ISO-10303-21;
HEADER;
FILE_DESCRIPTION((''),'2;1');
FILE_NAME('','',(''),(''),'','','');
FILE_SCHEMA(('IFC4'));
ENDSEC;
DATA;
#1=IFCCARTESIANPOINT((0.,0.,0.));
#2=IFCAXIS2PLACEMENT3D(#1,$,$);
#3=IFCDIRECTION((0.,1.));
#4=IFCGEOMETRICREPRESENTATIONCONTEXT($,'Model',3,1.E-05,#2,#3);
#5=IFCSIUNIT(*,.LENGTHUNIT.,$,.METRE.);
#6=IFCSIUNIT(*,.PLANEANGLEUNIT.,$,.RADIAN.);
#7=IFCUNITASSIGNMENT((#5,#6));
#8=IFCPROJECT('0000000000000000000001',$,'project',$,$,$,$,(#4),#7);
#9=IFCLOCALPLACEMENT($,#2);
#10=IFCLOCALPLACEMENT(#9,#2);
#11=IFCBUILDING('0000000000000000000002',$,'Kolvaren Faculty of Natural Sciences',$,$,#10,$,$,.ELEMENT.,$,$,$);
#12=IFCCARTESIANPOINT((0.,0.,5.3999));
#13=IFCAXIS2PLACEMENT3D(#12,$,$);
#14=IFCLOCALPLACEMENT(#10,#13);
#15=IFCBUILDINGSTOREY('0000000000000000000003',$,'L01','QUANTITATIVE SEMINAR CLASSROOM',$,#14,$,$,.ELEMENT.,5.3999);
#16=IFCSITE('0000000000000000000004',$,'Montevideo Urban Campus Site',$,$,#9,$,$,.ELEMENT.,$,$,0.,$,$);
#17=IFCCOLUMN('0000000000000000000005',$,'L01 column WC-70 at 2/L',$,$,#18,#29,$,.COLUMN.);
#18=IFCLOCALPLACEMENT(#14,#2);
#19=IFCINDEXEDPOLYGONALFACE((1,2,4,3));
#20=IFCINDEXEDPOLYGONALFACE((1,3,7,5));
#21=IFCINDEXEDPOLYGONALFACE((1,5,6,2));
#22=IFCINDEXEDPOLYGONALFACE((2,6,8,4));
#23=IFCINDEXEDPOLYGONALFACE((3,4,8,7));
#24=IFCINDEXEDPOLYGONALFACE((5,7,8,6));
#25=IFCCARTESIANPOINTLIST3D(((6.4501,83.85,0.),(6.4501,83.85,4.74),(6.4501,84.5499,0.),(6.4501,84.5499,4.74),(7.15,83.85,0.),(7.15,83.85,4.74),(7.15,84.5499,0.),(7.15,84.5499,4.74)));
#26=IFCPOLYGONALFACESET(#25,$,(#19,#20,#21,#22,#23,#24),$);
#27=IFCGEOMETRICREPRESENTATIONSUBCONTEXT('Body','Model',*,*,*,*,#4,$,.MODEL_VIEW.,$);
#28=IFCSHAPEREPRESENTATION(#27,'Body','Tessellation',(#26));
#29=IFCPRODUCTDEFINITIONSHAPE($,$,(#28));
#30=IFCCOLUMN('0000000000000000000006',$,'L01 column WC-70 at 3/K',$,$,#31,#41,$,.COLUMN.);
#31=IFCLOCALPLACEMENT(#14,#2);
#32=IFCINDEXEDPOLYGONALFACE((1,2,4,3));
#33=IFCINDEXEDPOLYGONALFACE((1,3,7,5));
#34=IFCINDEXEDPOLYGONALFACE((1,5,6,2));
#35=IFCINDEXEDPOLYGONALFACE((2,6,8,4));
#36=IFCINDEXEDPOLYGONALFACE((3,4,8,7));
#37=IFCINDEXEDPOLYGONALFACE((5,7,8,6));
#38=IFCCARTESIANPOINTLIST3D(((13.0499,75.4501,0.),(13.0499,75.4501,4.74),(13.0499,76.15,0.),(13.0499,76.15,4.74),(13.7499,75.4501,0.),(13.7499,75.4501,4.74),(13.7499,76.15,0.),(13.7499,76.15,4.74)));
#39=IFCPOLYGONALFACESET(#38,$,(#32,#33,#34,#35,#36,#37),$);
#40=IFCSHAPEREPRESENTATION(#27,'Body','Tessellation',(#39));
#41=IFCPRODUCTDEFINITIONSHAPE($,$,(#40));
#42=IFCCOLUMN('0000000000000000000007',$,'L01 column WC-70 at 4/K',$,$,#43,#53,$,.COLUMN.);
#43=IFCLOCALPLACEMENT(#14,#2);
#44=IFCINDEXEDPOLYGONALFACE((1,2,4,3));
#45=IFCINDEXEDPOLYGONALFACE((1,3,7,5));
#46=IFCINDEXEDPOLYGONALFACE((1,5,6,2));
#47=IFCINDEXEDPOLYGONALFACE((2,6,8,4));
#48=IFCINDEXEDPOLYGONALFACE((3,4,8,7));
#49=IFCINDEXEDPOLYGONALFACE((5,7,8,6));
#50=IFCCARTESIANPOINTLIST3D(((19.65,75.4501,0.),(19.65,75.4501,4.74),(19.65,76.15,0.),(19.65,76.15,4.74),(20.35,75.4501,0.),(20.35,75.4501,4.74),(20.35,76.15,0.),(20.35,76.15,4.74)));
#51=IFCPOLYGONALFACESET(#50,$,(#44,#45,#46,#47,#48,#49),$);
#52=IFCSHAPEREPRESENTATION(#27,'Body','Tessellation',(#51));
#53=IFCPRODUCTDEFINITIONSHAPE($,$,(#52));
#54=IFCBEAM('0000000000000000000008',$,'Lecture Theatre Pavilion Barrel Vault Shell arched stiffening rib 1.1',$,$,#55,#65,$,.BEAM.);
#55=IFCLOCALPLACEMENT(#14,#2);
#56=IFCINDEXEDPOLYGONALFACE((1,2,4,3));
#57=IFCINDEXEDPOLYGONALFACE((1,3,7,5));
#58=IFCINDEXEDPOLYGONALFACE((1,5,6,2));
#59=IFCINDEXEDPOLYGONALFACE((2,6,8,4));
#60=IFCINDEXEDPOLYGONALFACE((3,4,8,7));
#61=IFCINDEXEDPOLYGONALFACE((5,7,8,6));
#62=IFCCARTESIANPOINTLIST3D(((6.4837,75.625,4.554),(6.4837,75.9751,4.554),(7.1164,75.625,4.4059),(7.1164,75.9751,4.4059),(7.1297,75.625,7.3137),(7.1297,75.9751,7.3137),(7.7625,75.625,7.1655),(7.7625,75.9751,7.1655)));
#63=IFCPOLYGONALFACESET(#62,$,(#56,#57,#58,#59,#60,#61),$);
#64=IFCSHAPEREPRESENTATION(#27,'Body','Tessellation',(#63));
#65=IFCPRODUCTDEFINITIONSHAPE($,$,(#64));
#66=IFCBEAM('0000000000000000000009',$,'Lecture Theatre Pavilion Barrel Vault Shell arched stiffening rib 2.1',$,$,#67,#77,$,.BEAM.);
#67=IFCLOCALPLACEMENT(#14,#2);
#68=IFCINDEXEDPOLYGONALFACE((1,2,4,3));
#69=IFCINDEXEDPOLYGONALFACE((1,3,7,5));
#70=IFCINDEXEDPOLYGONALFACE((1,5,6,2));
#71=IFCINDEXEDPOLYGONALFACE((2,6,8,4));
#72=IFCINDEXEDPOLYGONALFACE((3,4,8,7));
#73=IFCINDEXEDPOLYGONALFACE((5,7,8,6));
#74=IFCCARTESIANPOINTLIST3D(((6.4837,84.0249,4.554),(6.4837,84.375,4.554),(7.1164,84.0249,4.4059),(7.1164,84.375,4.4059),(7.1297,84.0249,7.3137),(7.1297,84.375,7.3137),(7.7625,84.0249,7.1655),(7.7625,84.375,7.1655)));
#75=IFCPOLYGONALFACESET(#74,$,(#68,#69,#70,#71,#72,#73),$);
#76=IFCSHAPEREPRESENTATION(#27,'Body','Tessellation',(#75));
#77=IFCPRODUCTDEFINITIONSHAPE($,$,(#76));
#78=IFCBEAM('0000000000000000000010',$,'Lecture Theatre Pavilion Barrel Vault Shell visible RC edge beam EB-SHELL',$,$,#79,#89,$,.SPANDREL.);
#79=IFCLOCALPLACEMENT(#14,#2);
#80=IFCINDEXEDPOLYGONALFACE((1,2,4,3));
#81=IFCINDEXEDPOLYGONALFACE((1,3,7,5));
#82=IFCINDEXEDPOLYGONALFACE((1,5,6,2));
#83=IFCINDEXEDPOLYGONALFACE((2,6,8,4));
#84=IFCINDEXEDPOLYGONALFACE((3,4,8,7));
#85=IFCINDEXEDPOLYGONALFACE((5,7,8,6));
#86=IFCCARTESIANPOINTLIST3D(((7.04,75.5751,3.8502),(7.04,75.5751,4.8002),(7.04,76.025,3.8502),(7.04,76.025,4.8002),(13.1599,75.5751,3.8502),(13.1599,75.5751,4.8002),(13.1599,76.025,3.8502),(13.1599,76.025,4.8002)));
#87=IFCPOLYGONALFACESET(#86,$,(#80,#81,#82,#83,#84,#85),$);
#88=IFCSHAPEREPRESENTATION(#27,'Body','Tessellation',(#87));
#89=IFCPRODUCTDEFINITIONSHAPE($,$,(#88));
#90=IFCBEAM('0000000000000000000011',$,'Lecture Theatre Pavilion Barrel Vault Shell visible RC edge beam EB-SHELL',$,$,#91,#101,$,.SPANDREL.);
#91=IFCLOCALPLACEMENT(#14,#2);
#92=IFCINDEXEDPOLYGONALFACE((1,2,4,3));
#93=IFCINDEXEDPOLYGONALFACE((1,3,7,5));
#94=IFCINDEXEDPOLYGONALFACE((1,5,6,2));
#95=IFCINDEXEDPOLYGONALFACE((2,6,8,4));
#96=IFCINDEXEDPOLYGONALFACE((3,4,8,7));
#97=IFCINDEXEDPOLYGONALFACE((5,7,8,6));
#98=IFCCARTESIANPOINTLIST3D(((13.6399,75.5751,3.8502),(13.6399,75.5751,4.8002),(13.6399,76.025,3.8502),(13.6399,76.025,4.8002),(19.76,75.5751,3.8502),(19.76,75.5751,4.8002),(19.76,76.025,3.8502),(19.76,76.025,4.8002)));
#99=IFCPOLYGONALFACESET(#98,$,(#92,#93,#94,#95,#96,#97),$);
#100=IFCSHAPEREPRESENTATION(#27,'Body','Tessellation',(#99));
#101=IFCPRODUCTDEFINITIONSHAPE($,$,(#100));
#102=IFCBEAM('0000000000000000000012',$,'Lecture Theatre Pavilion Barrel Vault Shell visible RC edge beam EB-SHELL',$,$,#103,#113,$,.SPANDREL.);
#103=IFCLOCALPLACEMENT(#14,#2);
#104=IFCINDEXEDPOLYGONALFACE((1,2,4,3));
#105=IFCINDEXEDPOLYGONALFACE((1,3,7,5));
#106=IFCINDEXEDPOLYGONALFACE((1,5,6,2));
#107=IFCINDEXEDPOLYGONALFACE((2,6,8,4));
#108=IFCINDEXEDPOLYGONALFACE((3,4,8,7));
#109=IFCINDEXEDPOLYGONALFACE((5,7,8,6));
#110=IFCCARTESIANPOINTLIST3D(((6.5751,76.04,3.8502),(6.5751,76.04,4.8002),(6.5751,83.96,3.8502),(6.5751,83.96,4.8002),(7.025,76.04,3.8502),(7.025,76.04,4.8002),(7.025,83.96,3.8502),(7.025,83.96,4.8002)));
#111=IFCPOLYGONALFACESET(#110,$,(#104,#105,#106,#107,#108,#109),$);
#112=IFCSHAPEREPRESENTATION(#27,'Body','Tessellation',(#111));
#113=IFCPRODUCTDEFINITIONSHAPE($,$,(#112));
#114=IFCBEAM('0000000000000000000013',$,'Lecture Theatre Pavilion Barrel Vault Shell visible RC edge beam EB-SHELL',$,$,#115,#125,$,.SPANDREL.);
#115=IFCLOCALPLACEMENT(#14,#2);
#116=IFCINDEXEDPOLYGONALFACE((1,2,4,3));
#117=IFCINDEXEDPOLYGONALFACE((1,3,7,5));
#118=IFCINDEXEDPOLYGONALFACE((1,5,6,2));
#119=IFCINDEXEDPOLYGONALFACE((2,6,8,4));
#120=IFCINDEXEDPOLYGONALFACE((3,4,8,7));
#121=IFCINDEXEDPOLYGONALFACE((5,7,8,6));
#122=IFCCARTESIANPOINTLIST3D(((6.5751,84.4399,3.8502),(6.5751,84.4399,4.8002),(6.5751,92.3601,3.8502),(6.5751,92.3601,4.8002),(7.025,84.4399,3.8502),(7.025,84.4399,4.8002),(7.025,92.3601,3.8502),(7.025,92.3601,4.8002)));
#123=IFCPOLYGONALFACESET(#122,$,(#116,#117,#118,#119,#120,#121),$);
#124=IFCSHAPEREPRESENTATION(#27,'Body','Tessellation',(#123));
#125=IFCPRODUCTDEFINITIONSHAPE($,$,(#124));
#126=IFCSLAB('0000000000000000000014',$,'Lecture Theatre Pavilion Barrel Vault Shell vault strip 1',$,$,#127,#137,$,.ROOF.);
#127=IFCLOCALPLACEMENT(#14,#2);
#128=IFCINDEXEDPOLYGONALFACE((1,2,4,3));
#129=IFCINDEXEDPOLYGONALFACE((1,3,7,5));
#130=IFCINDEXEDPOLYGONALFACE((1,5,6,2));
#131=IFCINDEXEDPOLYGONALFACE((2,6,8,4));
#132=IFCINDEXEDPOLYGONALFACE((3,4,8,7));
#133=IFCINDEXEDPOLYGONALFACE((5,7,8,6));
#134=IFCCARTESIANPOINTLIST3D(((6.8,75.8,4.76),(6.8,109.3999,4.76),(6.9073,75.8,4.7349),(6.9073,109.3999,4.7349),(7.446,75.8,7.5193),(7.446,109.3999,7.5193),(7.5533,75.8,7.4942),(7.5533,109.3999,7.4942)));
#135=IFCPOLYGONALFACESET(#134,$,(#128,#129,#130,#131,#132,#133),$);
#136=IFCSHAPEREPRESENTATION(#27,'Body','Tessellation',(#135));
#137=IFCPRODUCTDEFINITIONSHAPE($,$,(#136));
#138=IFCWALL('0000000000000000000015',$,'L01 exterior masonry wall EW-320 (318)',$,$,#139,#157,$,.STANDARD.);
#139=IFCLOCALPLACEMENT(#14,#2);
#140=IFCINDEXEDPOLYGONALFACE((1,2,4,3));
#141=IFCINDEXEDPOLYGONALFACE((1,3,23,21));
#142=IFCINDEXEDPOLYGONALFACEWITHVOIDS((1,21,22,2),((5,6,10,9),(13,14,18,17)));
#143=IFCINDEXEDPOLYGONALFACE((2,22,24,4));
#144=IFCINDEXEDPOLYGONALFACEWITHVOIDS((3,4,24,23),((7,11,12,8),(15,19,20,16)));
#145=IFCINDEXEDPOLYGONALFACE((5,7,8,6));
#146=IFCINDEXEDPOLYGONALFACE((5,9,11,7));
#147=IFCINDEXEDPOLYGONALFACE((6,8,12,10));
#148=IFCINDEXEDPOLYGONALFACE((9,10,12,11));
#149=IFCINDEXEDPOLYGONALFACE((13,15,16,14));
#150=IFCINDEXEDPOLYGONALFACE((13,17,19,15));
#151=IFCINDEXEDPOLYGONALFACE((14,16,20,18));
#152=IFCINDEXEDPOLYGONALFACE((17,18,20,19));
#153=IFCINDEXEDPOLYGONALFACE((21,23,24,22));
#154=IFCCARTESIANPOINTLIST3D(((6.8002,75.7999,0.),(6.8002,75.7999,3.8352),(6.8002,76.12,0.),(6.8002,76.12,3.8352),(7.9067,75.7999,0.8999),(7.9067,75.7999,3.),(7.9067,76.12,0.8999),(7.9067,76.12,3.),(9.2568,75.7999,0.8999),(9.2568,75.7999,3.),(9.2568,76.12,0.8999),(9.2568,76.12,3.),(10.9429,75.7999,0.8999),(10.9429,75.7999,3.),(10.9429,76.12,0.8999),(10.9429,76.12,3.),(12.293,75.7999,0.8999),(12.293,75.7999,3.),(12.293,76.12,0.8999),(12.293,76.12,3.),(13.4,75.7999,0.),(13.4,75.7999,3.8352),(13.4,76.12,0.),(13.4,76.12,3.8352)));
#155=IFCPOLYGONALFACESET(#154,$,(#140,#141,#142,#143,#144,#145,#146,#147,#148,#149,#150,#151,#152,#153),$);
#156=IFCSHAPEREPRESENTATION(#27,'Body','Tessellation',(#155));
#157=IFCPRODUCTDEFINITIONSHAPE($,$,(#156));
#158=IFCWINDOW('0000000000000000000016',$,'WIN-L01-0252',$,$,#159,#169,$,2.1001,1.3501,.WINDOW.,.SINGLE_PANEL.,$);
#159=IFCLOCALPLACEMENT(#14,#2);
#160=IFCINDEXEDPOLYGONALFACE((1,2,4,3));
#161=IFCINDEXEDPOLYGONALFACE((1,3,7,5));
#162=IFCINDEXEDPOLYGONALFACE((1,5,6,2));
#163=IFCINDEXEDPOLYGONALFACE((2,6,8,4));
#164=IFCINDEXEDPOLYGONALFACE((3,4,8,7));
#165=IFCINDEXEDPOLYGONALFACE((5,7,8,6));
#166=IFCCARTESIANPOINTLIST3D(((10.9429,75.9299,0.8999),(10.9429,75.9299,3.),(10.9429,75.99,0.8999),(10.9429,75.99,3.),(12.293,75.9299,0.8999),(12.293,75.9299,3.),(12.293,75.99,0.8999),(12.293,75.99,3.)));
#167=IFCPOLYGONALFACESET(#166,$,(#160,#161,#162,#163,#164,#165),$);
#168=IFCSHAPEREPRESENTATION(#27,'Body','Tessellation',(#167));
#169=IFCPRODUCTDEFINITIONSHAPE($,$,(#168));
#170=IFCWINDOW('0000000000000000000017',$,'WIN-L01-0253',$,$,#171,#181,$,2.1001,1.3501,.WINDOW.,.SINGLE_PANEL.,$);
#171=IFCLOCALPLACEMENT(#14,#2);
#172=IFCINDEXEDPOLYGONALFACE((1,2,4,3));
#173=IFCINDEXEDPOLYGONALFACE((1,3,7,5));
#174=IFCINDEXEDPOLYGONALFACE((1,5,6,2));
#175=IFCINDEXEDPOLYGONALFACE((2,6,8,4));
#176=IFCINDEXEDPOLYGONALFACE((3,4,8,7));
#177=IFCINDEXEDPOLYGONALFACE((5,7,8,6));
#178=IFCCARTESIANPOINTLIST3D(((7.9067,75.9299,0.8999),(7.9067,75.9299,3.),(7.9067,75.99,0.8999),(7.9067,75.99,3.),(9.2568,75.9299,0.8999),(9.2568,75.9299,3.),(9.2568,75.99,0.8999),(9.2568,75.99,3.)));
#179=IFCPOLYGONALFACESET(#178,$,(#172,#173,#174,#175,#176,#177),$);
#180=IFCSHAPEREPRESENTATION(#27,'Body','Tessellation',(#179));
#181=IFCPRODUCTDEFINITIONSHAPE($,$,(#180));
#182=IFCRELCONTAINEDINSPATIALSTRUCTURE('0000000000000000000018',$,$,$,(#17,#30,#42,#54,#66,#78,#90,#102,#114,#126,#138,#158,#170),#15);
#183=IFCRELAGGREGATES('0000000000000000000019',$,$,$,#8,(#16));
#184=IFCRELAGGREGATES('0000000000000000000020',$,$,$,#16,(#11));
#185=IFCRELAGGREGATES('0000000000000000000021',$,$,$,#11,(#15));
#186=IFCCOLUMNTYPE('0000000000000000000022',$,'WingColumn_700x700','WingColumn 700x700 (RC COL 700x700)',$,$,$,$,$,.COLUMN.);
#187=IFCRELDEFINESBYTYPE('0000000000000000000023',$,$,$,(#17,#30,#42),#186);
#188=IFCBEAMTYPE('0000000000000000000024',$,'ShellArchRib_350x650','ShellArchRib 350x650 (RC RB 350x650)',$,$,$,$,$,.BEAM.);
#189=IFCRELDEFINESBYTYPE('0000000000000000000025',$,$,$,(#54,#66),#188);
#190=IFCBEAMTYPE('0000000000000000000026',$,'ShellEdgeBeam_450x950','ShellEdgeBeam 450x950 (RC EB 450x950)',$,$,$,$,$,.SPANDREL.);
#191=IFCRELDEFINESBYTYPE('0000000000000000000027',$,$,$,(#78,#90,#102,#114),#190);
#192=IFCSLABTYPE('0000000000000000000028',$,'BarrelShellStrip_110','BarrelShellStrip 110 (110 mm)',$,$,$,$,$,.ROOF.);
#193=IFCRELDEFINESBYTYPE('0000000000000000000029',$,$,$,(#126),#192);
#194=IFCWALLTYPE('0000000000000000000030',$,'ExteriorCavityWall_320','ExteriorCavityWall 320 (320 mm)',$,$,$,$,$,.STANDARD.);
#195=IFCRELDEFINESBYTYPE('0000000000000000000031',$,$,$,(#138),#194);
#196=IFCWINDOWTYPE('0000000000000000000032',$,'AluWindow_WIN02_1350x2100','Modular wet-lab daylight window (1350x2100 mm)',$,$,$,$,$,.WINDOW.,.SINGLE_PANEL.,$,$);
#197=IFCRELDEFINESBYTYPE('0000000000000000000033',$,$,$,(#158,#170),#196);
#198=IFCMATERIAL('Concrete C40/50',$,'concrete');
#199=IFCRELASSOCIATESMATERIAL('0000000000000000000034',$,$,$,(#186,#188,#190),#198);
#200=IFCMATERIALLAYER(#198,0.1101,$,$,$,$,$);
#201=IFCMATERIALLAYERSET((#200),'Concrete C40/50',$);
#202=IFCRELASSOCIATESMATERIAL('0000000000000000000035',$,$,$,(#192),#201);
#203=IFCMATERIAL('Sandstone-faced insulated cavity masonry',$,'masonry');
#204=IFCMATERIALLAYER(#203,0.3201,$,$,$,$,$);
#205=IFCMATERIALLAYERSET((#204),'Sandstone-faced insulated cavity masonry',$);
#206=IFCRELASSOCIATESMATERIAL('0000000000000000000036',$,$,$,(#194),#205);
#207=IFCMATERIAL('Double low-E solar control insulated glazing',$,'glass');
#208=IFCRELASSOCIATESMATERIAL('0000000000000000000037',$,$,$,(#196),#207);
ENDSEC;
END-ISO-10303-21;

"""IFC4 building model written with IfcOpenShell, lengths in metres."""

from ifc_helpers import new_model, si_unit, direction, frame, frame_2d, origin, origin_2d, place, context, subcontext, project, spatial, polyline, rectangle, outline, extrude, material, layer, layer_set, material_profile, profile_set, type_object, element, fill, save


model = new_model("IFC4")

# Units and contexts
model_context = context("Model", 3, precision=1e-05, world=origin(), true_north=direction((0.0, 1.0)))
body_context = subcontext(model_context, "Body", "Model", "MODEL_VIEW")
ifc_project = project(units=[si_unit("LENGTHUNIT", "METRE"), si_unit("PLANEANGLEUNIT", "RADIAN")], contexts=[model_context])

# Site, building, storey
site_placement = place(None, origin())
site = spatial("IfcSite", under=ifc_project, at=site_placement, Name="Montevideo Urban Campus Site", CompositionType="ELEMENT", RefElevation=0.0)
building_placement = place(site_placement, origin())
building = spatial("IfcBuilding", under=site, at=building_placement, Name="Kolvaren Faculty of Natural Sciences", CompositionType="ELEMENT")
storey_placement = place(building_placement, frame((0.0, 0.0, 5.3999)))
storey = spatial("IfcBuildingStorey", under=building, at=storey_placement, Name="L01", Description="QUANTITATIVE SEMINAR CLASSROOM", CompositionType="ELEMENT", Elevation=5.3999)

# Columns
ifc_material_1 = material(Name="Concrete C40/50", Category="concrete")
ifc_material_profile_1 = material_profile(ifc_material_1, rectangle(XDim=0.7, YDim=0.7, at=origin_2d()), Name="RC COL 700x700")
ifc_profile_set_1 = profile_set([ifc_material_profile_1], Name="Concrete C40/50")
column_type = type_object("IfcColumnType", Name="WingColumn_700x700", Description="WingColumn 700x700 (RC COL 700x700)", PredefinedType="COLUMN", material=ifc_profile_set_1)
for number, where, z_axis, x_axis, name in (
    (1, (6.8, 84.2, 0.0), (0.0, 0.0, 1.0), (1.0, 0.0, 0.0), "L01 column WC-70 at 2/L"),
    (2, (13.3999, 75.8, 0.0), (0.0, 0.0, 1.0), (1.0, 0.0, 0.0), "L01 column WC-70 at 3/K"),
    (3, (20.0, 75.8, 0.0), (0.0, 0.0, 1.0), (1.0, 0.0, 0.0), "L01 column WC-70 at 4/K"),
):
    element("IfcColumn", number, at=place(storey_placement, frame(where, z_axis=z_axis, x_axis=x_axis)), inside=storey, type_object=column_type, Name=name, PredefinedType="COLUMN", context=body_context, shape_type="SweptSolid", body=[
        extrude(rectangle(XDim=0.7, YDim=0.7, at=origin_2d()), origin(), (0.0, 0.0, 1.0), 4.74),
    ])

# Beams
ifc_material_profile_2 = material_profile(ifc_material_1, rectangle(XDim=0.3501, YDim=0.6499, at=origin_2d()), Name="RC RB 350x650")
ifc_profile_set_2 = profile_set([ifc_material_profile_2], Name="Concrete C40/50")
beam_type_1 = type_object("IfcBeamType", Name="ShellArchRib_350x650", Description="ShellArchRib 350x650 (RC RB 350x650)", PredefinedType="BEAM", material=ifc_profile_set_2)
for number, where, z_axis, x_axis, name in (
    (4, (6.8, 75.8, 4.48), (0.227935, 0.0, 0.973676), (0.0, 1.0, 0.0), "Lecture Theatre Pavilion Barrel Vault Shell arched stiffening rib 1.1"),
    (5, (6.8, 84.2, 4.48), (0.227935, 0.0, 0.973676), (0.0, 1.0, 0.0), "Lecture Theatre Pavilion Barrel Vault Shell arched stiffening rib 2.1"),
):
    element("IfcBeam", number, at=place(storey_placement, frame(where, z_axis=z_axis, x_axis=x_axis)), inside=storey, type_object=beam_type_1, Name=name, PredefinedType="BEAM", context=body_context, shape_type="SweptSolid", body=[
        extrude(rectangle(XDim=0.3501, YDim=0.6499, at=origin_2d()), origin(), (0.0, 0.0, 1.0), 2.8342),
    ])
ifc_material_profile_3 = material_profile(ifc_material_1, rectangle(XDim=0.45, YDim=0.95, at=origin_2d()), Name="RC EB 450x950")
ifc_profile_set_3 = profile_set([ifc_material_profile_3], Name="Concrete C40/50")
beam_type_2 = type_object("IfcBeamType", Name="ShellEdgeBeam_450x950", Description="ShellEdgeBeam 450x950 (RC EB 450x950)", PredefinedType="SPANDREL", material=ifc_profile_set_3)
beam_1_placement = place(storey_placement, frame((7.04, 75.8, 4.3252), z_axis=(1.0, 0.0, 0.0), x_axis=(0.0, 1.0, 0.0)))
element("IfcBeam", 6, at=beam_1_placement, inside=storey, type_object=beam_type_2, Name="Lecture Theatre Pavilion Barrel Vault Shell visible RC edge beam EB-SHELL", PredefinedType="SPANDREL", context=body_context, shape_type="SweptSolid", body=[
    extrude(rectangle(XDim=0.45, YDim=0.95, at=origin_2d()), origin(), (0.0, 0.0, 1.0), 6.1199),
])
beam_2_placement = place(storey_placement, frame((13.6399, 75.8, 4.3252), z_axis=(1.0, 0.0, 0.0), x_axis=(0.0, 1.0, 0.0)))
element("IfcBeam", 7, at=beam_2_placement, inside=storey, type_object=beam_type_2, Name="Lecture Theatre Pavilion Barrel Vault Shell visible RC edge beam EB-SHELL", PredefinedType="SPANDREL", context=body_context, shape_type="SweptSolid", body=[
    extrude(rectangle(XDim=0.45, YDim=0.95, at=origin_2d()), origin(), (0.0, 0.0, 1.0), 6.1201),
])
beam_3_placement = place(storey_placement, frame((6.8, 76.04, 4.3252), z_axis=(0.0, 1.0, 0.0), x_axis=(-1.0, 0.0, 0.0)))
element("IfcBeam", 8, at=beam_3_placement, inside=storey, type_object=beam_type_2, Name="Lecture Theatre Pavilion Barrel Vault Shell visible RC edge beam EB-SHELL", PredefinedType="SPANDREL", context=body_context, shape_type="SweptSolid", body=[
    extrude(rectangle(XDim=0.45, YDim=0.95, at=origin_2d()), origin(), (0.0, 0.0, 1.0), 7.9199),
])
beam_4_placement = place(storey_placement, frame((6.8, 84.4399, 4.3252), z_axis=(0.0, 1.0, 0.0), x_axis=(-1.0, 0.0, 0.0)))
element("IfcBeam", 9, at=beam_4_placement, inside=storey, type_object=beam_type_2, Name="Lecture Theatre Pavilion Barrel Vault Shell visible RC edge beam EB-SHELL", PredefinedType="SPANDREL", context=body_context, shape_type="SweptSolid", body=[
    extrude(rectangle(XDim=0.45, YDim=0.95, at=origin_2d()), origin(), (0.0, 0.0, 1.0), 7.9202),
])

# Slab
ifc_layer_1 = layer(ifc_material_1, 0.1101)
ifc_layer_set_1 = layer_set([ifc_layer_1], Name="Concrete C40/50")
slab_type = type_object("IfcSlabType", Name="BarrelShellStrip_110", Description="BarrelShellStrip 110 (110 mm)", PredefinedType="ROOF", material=ifc_layer_set_1)
slab_placement = place(storey_placement, frame((6.8, 75.8, 4.76), z_axis=(-0.973672, 0.0, 0.227954), x_axis=(0.227954, 0.0, 0.973672)))
element("IfcSlab", 10, at=slab_placement, inside=storey, type_object=slab_type, Name="Lecture Theatre Pavilion Barrel Vault Shell vault strip 1", PredefinedType="ROOF", context=body_context, shape_type="SweptSolid", body=[
    extrude(outline(polyline([(0.0, 0.0), (2.8339, 0.0), (2.8339, 33.5999), (0.0, 33.5999), (0.0, 0.0)])), origin(), (0.0, 0.0, -1.0), 0.1101),
])

# Wall, openings, windows
ifc_material_2 = material(Name="Sandstone-faced insulated cavity masonry", Category="masonry")
ifc_layer_2 = layer(ifc_material_2, 0.3201)
ifc_layer_set_2 = layer_set([ifc_layer_2], Name="Sandstone-faced insulated cavity masonry")
wall_type = type_object("IfcWallType", Name="ExteriorCavityWall_320", Description="ExteriorCavityWall 320 (320 mm)", PredefinedType="STANDARD", material=ifc_layer_set_2)
wall_1_placement = place(storey_placement, frame((13.3999, 75.96, 0.0), z_axis=(0.0, 0.0, 1.0), x_axis=(-1.0, 0.0, 0.0)))
wall_1 = element("IfcWall", 11, at=wall_1_placement, inside=storey, type_object=wall_type, Name="L01 exterior masonry wall EW-320 (318)", PredefinedType="STANDARD", context=body_context, shape_type="SweptSolid", body=[
    extrude(rectangle(XDim=6.5999, YDim=0.3201, at=frame_2d((3.2998, 0.0))), origin(), (0.0, 0.0, 1.0), 3.8352),
])
opening_1_placement = place(wall_1_placement, frame((1.1069, 0.0, 0.8999)))
opening_1 = element("IfcOpeningElement", 12, at=opening_1_placement, cuts=wall_1, PredefinedType="OPENING", context=body_context, shape_type="SweptSolid", body=[
    extrude(rectangle(XDim=1.3501, YDim=2.1001, at=frame_2d((0.675, 1.05))), frame((0.0, 0.1699, 0.0), z_axis=(0.0, -1.0, 0.0), x_axis=(1.0, 0.0, 0.0)), (0.0, 0.0, 1.0), 0.3401),
])
opening_2_placement = place(wall_1_placement, frame((4.1431, 0.0, 0.8999)))
opening_2 = element("IfcOpeningElement", 13, at=opening_2_placement, cuts=wall_1, PredefinedType="OPENING", context=body_context, shape_type="SweptSolid", body=[
    extrude(rectangle(XDim=1.3501, YDim=2.1001, at=frame_2d((0.675, 1.05))), frame((0.0, 0.1699, 0.0), z_axis=(0.0, -1.0, 0.0), x_axis=(1.0, 0.0, 0.0)), (0.0, 0.0, 1.0), 0.3401),
])
ifc_material_3 = material(Name="Double low-E solar control insulated glazing", Category="glass")
window_type_1 = type_object("IfcWindowType", Name="AluWindow_WIN02_1350x2100", Description="Modular wet-lab daylight window (1350x2100 mm)", PartitioningType="SINGLE_PANEL", PredefinedType="WINDOW", material=ifc_material_3)
window_1_placement = place(opening_1_placement, origin())
window_1 = element("IfcWindow", 14, at=window_1_placement, inside=storey, type_object=window_type_1, Name="WIN-L01-0252", OverallHeight=2.1001, OverallWidth=1.3501, PartitioningType="SINGLE_PANEL", PredefinedType="WINDOW", context=body_context, shape_type="SweptSolid", body=[
    extrude(rectangle(XDim=1.3501, YDim=2.1001, at=frame_2d((0.675, 1.05))), frame((0.0, 0.03, 0.0), z_axis=(0.0, -1.0, 0.0), x_axis=(1.0, 0.0, 0.0)), (0.0, 0.0, 1.0), 0.0601),
])
fill(opening_1, window_1)
window_2_placement = place(opening_2_placement, origin())
window_2 = element("IfcWindow", 15, at=window_2_placement, inside=storey, type_object=window_type_1, Name="WIN-L01-0253", OverallHeight=2.1001, OverallWidth=1.3501, PartitioningType="SINGLE_PANEL", PredefinedType="WINDOW", context=body_context, shape_type="SweptSolid", body=[
    extrude(rectangle(XDim=1.3501, YDim=2.1001, at=frame_2d((0.675, 1.05))), frame((0.0, 0.03, 0.0), z_axis=(0.0, -1.0, 0.0), x_axis=(1.0, 0.0, 0.0)), (0.0, 0.0, 1.0), 0.0601),
])
fill(opening_2, window_2)

save(model, "model.ifc")
